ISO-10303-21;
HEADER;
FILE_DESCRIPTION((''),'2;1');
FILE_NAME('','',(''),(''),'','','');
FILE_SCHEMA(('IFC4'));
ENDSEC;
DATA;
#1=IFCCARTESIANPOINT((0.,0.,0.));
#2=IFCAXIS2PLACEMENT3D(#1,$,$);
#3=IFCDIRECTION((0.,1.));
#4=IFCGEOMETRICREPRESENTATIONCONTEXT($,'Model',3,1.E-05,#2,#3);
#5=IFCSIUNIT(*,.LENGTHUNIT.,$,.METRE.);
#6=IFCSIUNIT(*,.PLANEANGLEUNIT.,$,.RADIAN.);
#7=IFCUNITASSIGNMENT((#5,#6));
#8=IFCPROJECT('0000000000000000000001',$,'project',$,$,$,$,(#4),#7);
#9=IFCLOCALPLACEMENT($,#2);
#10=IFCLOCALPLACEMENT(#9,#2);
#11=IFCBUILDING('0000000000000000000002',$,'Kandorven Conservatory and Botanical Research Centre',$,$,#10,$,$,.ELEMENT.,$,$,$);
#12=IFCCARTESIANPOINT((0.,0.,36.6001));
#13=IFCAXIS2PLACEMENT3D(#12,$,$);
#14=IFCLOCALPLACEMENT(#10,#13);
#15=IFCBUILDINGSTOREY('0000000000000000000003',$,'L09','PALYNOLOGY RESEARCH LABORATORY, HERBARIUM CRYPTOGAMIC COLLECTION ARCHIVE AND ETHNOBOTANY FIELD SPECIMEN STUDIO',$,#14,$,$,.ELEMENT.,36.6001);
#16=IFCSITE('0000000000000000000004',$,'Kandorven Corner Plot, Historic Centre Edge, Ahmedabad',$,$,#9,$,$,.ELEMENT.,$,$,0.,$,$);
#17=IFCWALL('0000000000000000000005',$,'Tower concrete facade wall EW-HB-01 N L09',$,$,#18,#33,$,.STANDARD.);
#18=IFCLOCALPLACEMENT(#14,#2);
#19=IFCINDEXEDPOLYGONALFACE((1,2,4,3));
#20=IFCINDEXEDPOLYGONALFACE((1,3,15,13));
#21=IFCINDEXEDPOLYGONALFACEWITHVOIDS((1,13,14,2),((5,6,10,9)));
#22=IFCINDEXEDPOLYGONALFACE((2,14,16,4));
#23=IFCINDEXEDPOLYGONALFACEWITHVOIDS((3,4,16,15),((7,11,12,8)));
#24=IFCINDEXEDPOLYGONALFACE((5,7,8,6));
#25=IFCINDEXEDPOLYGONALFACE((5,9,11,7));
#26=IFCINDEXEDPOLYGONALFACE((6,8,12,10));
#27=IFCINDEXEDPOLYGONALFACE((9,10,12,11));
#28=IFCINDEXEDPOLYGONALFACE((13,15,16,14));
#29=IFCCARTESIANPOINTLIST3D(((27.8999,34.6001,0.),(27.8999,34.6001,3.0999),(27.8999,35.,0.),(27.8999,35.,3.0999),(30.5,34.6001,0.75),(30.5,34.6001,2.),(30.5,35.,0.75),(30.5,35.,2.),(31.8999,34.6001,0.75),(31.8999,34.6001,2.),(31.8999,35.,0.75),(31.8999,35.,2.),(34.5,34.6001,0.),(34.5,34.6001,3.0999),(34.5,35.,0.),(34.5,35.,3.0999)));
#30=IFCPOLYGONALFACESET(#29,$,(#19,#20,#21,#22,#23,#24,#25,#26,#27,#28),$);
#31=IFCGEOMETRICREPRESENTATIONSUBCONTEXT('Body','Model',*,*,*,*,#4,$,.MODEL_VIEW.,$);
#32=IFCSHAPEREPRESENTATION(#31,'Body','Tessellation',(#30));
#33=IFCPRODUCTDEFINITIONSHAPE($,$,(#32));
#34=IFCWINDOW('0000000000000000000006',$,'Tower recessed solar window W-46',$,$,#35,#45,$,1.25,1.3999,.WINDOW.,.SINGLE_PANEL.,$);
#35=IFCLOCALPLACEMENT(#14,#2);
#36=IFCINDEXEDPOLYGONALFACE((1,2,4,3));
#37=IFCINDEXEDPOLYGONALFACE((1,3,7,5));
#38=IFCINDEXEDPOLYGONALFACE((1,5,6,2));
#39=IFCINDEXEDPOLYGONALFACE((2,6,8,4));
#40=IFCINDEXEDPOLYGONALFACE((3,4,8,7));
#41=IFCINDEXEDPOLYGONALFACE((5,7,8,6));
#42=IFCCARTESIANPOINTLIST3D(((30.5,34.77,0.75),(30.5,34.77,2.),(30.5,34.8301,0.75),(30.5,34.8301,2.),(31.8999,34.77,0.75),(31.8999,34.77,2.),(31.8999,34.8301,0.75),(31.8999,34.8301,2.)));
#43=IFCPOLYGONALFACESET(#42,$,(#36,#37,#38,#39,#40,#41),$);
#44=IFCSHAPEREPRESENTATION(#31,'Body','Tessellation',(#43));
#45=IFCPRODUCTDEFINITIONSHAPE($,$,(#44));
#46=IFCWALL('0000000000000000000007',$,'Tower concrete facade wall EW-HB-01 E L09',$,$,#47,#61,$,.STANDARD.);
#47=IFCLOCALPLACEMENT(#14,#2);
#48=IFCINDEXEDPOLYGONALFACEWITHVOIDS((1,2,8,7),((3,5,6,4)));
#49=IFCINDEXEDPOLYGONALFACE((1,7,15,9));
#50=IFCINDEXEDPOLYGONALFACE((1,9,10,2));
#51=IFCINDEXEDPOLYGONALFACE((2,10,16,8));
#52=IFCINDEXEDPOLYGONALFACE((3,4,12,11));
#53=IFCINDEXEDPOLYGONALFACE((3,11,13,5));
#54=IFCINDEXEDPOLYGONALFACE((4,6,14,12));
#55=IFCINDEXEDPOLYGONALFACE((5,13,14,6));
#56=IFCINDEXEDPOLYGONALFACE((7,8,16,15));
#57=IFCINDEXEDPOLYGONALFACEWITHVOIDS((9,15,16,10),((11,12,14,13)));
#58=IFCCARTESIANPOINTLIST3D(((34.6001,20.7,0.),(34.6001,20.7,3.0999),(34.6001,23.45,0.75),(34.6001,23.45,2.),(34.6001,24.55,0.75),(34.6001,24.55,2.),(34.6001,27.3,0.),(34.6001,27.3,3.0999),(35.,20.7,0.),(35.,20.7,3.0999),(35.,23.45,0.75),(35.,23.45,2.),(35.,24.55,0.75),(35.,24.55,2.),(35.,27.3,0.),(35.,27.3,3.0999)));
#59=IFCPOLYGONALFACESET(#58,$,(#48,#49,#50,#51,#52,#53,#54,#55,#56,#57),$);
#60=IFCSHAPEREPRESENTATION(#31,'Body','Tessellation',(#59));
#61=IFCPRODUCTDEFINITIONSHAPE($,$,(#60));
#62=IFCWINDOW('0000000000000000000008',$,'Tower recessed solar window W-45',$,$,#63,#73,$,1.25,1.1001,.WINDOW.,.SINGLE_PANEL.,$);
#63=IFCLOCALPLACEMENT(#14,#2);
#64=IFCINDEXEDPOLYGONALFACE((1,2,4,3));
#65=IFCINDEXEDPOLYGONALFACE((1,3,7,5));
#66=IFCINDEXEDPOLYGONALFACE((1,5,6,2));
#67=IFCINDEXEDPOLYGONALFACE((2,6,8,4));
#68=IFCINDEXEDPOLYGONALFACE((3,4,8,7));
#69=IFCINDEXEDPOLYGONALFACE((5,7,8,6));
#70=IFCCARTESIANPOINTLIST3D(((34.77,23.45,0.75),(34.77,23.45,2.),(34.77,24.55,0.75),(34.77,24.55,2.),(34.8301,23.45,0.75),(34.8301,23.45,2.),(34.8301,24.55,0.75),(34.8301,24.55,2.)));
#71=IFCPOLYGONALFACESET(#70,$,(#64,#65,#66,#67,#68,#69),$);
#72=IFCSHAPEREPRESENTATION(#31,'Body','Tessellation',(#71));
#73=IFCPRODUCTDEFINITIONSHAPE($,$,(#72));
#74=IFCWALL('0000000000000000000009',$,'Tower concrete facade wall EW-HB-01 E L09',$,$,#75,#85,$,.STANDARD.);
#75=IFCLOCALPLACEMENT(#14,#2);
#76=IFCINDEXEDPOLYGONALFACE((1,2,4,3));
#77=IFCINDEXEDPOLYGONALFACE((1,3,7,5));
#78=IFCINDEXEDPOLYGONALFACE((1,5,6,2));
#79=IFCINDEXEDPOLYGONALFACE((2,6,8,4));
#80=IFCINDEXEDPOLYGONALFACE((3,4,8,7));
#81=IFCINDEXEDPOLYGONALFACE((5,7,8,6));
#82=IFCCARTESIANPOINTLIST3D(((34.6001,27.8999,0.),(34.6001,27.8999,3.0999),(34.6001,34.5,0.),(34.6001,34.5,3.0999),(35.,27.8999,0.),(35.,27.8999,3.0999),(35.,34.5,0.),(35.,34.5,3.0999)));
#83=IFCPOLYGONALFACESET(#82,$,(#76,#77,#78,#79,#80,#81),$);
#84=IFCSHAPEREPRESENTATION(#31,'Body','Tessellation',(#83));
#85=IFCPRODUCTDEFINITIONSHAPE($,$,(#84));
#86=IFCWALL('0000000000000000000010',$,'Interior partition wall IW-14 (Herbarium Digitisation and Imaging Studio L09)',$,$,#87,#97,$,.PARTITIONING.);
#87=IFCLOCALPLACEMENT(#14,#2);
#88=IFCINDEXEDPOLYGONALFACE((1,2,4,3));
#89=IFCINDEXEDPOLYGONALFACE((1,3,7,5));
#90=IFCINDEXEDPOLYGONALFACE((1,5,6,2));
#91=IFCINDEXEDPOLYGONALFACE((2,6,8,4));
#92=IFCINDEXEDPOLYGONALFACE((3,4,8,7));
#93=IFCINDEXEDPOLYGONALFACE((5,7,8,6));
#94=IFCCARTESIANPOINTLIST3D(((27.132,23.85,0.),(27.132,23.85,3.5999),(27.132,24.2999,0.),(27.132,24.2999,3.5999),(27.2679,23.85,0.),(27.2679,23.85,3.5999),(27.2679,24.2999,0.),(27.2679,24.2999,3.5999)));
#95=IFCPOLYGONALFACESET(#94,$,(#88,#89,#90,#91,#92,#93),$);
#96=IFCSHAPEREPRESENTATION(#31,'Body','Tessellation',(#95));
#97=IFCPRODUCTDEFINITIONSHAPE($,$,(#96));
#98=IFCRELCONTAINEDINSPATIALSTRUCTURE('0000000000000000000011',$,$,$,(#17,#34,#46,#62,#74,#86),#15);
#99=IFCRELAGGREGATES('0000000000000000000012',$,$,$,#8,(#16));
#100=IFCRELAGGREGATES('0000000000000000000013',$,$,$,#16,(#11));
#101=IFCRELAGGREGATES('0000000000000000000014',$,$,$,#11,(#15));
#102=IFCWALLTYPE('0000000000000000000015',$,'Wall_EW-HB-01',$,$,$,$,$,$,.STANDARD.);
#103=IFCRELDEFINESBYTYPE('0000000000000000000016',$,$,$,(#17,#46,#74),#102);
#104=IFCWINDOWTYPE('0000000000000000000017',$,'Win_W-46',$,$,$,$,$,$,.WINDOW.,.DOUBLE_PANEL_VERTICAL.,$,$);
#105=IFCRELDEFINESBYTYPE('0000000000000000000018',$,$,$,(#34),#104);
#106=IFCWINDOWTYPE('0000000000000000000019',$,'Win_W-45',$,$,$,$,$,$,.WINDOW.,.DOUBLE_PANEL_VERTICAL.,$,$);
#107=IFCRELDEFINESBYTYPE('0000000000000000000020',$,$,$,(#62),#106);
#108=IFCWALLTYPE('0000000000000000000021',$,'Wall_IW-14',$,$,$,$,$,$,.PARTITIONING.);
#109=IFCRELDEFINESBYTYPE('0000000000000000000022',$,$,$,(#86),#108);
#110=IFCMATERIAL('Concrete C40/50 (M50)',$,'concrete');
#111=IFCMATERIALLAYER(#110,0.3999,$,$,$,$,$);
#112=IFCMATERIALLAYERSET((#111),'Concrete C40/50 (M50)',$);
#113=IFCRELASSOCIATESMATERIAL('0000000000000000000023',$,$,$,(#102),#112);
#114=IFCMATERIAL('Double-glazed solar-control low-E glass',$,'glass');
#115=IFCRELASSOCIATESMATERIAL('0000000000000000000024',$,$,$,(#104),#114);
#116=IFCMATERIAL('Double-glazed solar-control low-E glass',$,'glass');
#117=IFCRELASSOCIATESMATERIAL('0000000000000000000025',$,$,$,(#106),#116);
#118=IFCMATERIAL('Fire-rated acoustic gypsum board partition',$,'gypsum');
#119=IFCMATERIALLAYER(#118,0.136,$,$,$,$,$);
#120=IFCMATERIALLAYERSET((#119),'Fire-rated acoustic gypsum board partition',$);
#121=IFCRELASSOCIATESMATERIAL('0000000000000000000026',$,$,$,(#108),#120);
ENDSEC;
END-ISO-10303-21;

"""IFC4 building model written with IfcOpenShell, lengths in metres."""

from ifc_helpers import new_model, si_unit, direction, frame, frame_2d, origin, place, context, subcontext, project, spatial, rectangle, extrude, material, layer, layer_set, type_object, element, fill, save


model = new_model("IFC4")

# Units and contexts
model_context = context("Model", 3, precision=1e-05, world=origin(), true_north=direction((0.0, 1.0)))
body_context = subcontext(model_context, "Body", "Model", "MODEL_VIEW")
ifc_project = project(units=[si_unit("LENGTHUNIT", "METRE"), si_unit("PLANEANGLEUNIT", "RADIAN")], contexts=[model_context])

# Site, building, storey
site_placement = place(None, origin())
site = spatial("IfcSite", under=ifc_project, at=site_placement, Name="Kandorven Corner Plot, Historic Centre Edge, Ahmedabad", CompositionType="ELEMENT", RefElevation=0.0)
building_placement = place(site_placement, origin())
building = spatial("IfcBuilding", under=site, at=building_placement, Name="Kandorven Conservatory and Botanical Research Centre", CompositionType="ELEMENT")
storey_placement = place(building_placement, frame((0.0, 0.0, 36.6001)))
storey = spatial("IfcBuildingStorey", under=building, at=storey_placement, Name="L09", Description="PALYNOLOGY RESEARCH LABORATORY, HERBARIUM CRYPTOGAMIC COLLECTION ARCHIVE AND ETHNOBOTANY FIELD SPECIMEN STUDIO", CompositionType="ELEMENT", Elevation=36.6001)

# Walls, openings, windows
ifc_material_1 = material(Name="Concrete C40/50 (M50)", Category="concrete")
ifc_layer_1 = layer(ifc_material_1, 0.3999)
ifc_layer_set_1 = layer_set([ifc_layer_1], Name="Concrete C40/50 (M50)")
wall_type_1 = type_object("IfcWallType", Name="Wall_EW-HB-01", PredefinedType="STANDARD", material=ifc_layer_set_1)
wall_1_placement = place(storey_placement, frame((27.8999, 34.8, 0.0), z_axis=(0.0, 0.0, 1.0), x_axis=(1.0, 0.0, 0.0)))
wall_1 = element("IfcWall", 1, at=wall_1_placement, inside=storey, type_object=wall_type_1, Name="Tower concrete facade wall EW-HB-01 N L09", PredefinedType="STANDARD", context=body_context, shape_type="SweptSolid", body=[
    extrude(rectangle(XDim=6.6001, YDim=0.3999, at=frame_2d((3.3, 0.0))), origin(), (0.0, 0.0, 1.0), 3.0999),
])
opening_1_placement = place(wall_1_placement, frame((2.6001, 0.0, 0.75)))
opening_1 = element("IfcOpeningElement", 2, at=opening_1_placement, cuts=wall_1, PredefinedType="OPENING", context=body_context, shape_type="SweptSolid", body=[
    extrude(rectangle(XDim=1.3999, YDim=1.25, at=frame_2d((0.7, 0.625))), frame((0.0, 0.21, 0.0), z_axis=(0.0, -1.0, 0.0), x_axis=(1.0, 0.0, 0.0)), (0.0, 0.0, 1.0), 0.4199),
])
ifc_material_2 = material(Name="Double-glazed solar-control low-E glass", Category="glass")
window_type_1 = type_object("IfcWindowType", Name="Win_W-46", PartitioningType="DOUBLE_PANEL_VERTICAL", PredefinedType="WINDOW", material=ifc_material_2)
window_1_placement = place(opening_1_placement, origin())
window_1 = element("IfcWindow", 3, at=window_1_placement, inside=storey, type_object=window_type_1, Name="Tower recessed solar window W-46", OverallHeight=1.25, OverallWidth=1.3999, PartitioningType="SINGLE_PANEL", PredefinedType="WINDOW", context=body_context, shape_type="SweptSolid", body=[
    extrude(rectangle(XDim=1.3999, YDim=1.25, at=frame_2d((0.7, 0.625))), frame((0.0, 0.03, 0.0), z_axis=(0.0, -1.0, 0.0), x_axis=(1.0, 0.0, 0.0)), (0.0, 0.0, 1.0), 0.0601),
])
fill(opening_1, window_1)
wall_2_placement = place(storey_placement, frame((34.8, 20.7, 0.0), z_axis=(0.0, 0.0, 1.0), x_axis=(0.0, 1.0, 0.0)))
wall_2 = element("IfcWall", 4, at=wall_2_placement, inside=storey, type_object=wall_type_1, Name="Tower concrete facade wall EW-HB-01 E L09", PredefinedType="STANDARD", context=body_context, shape_type="SweptSolid", body=[
    extrude(rectangle(XDim=6.6001, YDim=0.3999, at=frame_2d((3.3, 0.0))), origin(), (0.0, 0.0, 1.0), 3.0999),
])
opening_2_placement = place(wall_2_placement, frame((2.75, 0.0, 0.75)))
opening_2 = element("IfcOpeningElement", 5, at=opening_2_placement, cuts=wall_2, PredefinedType="OPENING", context=body_context, shape_type="SweptSolid", body=[
    extrude(rectangle(XDim=1.1001, YDim=1.25, at=frame_2d((0.55, 0.625))), frame((0.0, 0.21, 0.0), z_axis=(0.0, -1.0, 0.0), x_axis=(1.0, 0.0, 0.0)), (0.0, 0.0, 1.0), 0.4199),
])
ifc_material_3 = material(Name="Double-glazed solar-control low-E glass", Category="glass")
window_type_2 = type_object("IfcWindowType", Name="Win_W-45", PartitioningType="DOUBLE_PANEL_VERTICAL", PredefinedType="WINDOW", material=ifc_material_3)
window_2_placement = place(opening_2_placement, origin())
window_2 = element("IfcWindow", 6, at=window_2_placement, inside=storey, type_object=window_type_2, Name="Tower recessed solar window W-45", OverallHeight=1.25, OverallWidth=1.1001, PartitioningType="SINGLE_PANEL", PredefinedType="WINDOW", context=body_context, shape_type="SweptSolid", body=[
    extrude(rectangle(XDim=1.1001, YDim=1.25, at=frame_2d((0.55, 0.625))), frame((0.0, 0.03, 0.0), z_axis=(0.0, -1.0, 0.0), x_axis=(1.0, 0.0, 0.0)), (0.0, 0.0, 1.0), 0.0601),
])
fill(opening_2, window_2)

# Walls
wall_3_placement = place(storey_placement, frame((34.8, 27.8999, 0.0), z_axis=(0.0, 0.0, 1.0), x_axis=(0.0, 1.0, 0.0)))
element("IfcWall", 7, at=wall_3_placement, inside=storey, type_object=wall_type_1, Name="Tower concrete facade wall EW-HB-01 E L09", PredefinedType="STANDARD", context=body_context, shape_type="SweptSolid", body=[
    extrude(rectangle(XDim=6.6001, YDim=0.3999, at=frame_2d((3.3, 0.0))), origin(), (0.0, 0.0, 1.0), 3.0999),
])
ifc_material_4 = material(Name="Fire-rated acoustic gypsum board partition", Category="gypsum")
ifc_layer_2 = layer(ifc_material_4, 0.136)
ifc_layer_set_2 = layer_set([ifc_layer_2], Name="Fire-rated acoustic gypsum board partition")
wall_type_2 = type_object("IfcWallType", Name="Wall_IW-14", PredefinedType="PARTITIONING", material=ifc_layer_set_2)
wall_4_placement = place(storey_placement, frame((27.2, 24.3, 0.0), z_axis=(0.0, 0.0, 1.0), x_axis=(0.0, -1.0, 0.0)))
element("IfcWall", 8, at=wall_4_placement, inside=storey, type_object=wall_type_2, Name="Interior partition wall IW-14 (Herbarium Digitisation and Imaging Studio L09)", PredefinedType="PARTITIONING", context=body_context, shape_type="SweptSolid", body=[
    extrude(rectangle(XDim=0.45, YDim=0.136, at=frame_2d((0.2251, 0.0))), origin(), (0.0, 0.0, 1.0), 3.5999),
])

save(model, "model.ifc")
